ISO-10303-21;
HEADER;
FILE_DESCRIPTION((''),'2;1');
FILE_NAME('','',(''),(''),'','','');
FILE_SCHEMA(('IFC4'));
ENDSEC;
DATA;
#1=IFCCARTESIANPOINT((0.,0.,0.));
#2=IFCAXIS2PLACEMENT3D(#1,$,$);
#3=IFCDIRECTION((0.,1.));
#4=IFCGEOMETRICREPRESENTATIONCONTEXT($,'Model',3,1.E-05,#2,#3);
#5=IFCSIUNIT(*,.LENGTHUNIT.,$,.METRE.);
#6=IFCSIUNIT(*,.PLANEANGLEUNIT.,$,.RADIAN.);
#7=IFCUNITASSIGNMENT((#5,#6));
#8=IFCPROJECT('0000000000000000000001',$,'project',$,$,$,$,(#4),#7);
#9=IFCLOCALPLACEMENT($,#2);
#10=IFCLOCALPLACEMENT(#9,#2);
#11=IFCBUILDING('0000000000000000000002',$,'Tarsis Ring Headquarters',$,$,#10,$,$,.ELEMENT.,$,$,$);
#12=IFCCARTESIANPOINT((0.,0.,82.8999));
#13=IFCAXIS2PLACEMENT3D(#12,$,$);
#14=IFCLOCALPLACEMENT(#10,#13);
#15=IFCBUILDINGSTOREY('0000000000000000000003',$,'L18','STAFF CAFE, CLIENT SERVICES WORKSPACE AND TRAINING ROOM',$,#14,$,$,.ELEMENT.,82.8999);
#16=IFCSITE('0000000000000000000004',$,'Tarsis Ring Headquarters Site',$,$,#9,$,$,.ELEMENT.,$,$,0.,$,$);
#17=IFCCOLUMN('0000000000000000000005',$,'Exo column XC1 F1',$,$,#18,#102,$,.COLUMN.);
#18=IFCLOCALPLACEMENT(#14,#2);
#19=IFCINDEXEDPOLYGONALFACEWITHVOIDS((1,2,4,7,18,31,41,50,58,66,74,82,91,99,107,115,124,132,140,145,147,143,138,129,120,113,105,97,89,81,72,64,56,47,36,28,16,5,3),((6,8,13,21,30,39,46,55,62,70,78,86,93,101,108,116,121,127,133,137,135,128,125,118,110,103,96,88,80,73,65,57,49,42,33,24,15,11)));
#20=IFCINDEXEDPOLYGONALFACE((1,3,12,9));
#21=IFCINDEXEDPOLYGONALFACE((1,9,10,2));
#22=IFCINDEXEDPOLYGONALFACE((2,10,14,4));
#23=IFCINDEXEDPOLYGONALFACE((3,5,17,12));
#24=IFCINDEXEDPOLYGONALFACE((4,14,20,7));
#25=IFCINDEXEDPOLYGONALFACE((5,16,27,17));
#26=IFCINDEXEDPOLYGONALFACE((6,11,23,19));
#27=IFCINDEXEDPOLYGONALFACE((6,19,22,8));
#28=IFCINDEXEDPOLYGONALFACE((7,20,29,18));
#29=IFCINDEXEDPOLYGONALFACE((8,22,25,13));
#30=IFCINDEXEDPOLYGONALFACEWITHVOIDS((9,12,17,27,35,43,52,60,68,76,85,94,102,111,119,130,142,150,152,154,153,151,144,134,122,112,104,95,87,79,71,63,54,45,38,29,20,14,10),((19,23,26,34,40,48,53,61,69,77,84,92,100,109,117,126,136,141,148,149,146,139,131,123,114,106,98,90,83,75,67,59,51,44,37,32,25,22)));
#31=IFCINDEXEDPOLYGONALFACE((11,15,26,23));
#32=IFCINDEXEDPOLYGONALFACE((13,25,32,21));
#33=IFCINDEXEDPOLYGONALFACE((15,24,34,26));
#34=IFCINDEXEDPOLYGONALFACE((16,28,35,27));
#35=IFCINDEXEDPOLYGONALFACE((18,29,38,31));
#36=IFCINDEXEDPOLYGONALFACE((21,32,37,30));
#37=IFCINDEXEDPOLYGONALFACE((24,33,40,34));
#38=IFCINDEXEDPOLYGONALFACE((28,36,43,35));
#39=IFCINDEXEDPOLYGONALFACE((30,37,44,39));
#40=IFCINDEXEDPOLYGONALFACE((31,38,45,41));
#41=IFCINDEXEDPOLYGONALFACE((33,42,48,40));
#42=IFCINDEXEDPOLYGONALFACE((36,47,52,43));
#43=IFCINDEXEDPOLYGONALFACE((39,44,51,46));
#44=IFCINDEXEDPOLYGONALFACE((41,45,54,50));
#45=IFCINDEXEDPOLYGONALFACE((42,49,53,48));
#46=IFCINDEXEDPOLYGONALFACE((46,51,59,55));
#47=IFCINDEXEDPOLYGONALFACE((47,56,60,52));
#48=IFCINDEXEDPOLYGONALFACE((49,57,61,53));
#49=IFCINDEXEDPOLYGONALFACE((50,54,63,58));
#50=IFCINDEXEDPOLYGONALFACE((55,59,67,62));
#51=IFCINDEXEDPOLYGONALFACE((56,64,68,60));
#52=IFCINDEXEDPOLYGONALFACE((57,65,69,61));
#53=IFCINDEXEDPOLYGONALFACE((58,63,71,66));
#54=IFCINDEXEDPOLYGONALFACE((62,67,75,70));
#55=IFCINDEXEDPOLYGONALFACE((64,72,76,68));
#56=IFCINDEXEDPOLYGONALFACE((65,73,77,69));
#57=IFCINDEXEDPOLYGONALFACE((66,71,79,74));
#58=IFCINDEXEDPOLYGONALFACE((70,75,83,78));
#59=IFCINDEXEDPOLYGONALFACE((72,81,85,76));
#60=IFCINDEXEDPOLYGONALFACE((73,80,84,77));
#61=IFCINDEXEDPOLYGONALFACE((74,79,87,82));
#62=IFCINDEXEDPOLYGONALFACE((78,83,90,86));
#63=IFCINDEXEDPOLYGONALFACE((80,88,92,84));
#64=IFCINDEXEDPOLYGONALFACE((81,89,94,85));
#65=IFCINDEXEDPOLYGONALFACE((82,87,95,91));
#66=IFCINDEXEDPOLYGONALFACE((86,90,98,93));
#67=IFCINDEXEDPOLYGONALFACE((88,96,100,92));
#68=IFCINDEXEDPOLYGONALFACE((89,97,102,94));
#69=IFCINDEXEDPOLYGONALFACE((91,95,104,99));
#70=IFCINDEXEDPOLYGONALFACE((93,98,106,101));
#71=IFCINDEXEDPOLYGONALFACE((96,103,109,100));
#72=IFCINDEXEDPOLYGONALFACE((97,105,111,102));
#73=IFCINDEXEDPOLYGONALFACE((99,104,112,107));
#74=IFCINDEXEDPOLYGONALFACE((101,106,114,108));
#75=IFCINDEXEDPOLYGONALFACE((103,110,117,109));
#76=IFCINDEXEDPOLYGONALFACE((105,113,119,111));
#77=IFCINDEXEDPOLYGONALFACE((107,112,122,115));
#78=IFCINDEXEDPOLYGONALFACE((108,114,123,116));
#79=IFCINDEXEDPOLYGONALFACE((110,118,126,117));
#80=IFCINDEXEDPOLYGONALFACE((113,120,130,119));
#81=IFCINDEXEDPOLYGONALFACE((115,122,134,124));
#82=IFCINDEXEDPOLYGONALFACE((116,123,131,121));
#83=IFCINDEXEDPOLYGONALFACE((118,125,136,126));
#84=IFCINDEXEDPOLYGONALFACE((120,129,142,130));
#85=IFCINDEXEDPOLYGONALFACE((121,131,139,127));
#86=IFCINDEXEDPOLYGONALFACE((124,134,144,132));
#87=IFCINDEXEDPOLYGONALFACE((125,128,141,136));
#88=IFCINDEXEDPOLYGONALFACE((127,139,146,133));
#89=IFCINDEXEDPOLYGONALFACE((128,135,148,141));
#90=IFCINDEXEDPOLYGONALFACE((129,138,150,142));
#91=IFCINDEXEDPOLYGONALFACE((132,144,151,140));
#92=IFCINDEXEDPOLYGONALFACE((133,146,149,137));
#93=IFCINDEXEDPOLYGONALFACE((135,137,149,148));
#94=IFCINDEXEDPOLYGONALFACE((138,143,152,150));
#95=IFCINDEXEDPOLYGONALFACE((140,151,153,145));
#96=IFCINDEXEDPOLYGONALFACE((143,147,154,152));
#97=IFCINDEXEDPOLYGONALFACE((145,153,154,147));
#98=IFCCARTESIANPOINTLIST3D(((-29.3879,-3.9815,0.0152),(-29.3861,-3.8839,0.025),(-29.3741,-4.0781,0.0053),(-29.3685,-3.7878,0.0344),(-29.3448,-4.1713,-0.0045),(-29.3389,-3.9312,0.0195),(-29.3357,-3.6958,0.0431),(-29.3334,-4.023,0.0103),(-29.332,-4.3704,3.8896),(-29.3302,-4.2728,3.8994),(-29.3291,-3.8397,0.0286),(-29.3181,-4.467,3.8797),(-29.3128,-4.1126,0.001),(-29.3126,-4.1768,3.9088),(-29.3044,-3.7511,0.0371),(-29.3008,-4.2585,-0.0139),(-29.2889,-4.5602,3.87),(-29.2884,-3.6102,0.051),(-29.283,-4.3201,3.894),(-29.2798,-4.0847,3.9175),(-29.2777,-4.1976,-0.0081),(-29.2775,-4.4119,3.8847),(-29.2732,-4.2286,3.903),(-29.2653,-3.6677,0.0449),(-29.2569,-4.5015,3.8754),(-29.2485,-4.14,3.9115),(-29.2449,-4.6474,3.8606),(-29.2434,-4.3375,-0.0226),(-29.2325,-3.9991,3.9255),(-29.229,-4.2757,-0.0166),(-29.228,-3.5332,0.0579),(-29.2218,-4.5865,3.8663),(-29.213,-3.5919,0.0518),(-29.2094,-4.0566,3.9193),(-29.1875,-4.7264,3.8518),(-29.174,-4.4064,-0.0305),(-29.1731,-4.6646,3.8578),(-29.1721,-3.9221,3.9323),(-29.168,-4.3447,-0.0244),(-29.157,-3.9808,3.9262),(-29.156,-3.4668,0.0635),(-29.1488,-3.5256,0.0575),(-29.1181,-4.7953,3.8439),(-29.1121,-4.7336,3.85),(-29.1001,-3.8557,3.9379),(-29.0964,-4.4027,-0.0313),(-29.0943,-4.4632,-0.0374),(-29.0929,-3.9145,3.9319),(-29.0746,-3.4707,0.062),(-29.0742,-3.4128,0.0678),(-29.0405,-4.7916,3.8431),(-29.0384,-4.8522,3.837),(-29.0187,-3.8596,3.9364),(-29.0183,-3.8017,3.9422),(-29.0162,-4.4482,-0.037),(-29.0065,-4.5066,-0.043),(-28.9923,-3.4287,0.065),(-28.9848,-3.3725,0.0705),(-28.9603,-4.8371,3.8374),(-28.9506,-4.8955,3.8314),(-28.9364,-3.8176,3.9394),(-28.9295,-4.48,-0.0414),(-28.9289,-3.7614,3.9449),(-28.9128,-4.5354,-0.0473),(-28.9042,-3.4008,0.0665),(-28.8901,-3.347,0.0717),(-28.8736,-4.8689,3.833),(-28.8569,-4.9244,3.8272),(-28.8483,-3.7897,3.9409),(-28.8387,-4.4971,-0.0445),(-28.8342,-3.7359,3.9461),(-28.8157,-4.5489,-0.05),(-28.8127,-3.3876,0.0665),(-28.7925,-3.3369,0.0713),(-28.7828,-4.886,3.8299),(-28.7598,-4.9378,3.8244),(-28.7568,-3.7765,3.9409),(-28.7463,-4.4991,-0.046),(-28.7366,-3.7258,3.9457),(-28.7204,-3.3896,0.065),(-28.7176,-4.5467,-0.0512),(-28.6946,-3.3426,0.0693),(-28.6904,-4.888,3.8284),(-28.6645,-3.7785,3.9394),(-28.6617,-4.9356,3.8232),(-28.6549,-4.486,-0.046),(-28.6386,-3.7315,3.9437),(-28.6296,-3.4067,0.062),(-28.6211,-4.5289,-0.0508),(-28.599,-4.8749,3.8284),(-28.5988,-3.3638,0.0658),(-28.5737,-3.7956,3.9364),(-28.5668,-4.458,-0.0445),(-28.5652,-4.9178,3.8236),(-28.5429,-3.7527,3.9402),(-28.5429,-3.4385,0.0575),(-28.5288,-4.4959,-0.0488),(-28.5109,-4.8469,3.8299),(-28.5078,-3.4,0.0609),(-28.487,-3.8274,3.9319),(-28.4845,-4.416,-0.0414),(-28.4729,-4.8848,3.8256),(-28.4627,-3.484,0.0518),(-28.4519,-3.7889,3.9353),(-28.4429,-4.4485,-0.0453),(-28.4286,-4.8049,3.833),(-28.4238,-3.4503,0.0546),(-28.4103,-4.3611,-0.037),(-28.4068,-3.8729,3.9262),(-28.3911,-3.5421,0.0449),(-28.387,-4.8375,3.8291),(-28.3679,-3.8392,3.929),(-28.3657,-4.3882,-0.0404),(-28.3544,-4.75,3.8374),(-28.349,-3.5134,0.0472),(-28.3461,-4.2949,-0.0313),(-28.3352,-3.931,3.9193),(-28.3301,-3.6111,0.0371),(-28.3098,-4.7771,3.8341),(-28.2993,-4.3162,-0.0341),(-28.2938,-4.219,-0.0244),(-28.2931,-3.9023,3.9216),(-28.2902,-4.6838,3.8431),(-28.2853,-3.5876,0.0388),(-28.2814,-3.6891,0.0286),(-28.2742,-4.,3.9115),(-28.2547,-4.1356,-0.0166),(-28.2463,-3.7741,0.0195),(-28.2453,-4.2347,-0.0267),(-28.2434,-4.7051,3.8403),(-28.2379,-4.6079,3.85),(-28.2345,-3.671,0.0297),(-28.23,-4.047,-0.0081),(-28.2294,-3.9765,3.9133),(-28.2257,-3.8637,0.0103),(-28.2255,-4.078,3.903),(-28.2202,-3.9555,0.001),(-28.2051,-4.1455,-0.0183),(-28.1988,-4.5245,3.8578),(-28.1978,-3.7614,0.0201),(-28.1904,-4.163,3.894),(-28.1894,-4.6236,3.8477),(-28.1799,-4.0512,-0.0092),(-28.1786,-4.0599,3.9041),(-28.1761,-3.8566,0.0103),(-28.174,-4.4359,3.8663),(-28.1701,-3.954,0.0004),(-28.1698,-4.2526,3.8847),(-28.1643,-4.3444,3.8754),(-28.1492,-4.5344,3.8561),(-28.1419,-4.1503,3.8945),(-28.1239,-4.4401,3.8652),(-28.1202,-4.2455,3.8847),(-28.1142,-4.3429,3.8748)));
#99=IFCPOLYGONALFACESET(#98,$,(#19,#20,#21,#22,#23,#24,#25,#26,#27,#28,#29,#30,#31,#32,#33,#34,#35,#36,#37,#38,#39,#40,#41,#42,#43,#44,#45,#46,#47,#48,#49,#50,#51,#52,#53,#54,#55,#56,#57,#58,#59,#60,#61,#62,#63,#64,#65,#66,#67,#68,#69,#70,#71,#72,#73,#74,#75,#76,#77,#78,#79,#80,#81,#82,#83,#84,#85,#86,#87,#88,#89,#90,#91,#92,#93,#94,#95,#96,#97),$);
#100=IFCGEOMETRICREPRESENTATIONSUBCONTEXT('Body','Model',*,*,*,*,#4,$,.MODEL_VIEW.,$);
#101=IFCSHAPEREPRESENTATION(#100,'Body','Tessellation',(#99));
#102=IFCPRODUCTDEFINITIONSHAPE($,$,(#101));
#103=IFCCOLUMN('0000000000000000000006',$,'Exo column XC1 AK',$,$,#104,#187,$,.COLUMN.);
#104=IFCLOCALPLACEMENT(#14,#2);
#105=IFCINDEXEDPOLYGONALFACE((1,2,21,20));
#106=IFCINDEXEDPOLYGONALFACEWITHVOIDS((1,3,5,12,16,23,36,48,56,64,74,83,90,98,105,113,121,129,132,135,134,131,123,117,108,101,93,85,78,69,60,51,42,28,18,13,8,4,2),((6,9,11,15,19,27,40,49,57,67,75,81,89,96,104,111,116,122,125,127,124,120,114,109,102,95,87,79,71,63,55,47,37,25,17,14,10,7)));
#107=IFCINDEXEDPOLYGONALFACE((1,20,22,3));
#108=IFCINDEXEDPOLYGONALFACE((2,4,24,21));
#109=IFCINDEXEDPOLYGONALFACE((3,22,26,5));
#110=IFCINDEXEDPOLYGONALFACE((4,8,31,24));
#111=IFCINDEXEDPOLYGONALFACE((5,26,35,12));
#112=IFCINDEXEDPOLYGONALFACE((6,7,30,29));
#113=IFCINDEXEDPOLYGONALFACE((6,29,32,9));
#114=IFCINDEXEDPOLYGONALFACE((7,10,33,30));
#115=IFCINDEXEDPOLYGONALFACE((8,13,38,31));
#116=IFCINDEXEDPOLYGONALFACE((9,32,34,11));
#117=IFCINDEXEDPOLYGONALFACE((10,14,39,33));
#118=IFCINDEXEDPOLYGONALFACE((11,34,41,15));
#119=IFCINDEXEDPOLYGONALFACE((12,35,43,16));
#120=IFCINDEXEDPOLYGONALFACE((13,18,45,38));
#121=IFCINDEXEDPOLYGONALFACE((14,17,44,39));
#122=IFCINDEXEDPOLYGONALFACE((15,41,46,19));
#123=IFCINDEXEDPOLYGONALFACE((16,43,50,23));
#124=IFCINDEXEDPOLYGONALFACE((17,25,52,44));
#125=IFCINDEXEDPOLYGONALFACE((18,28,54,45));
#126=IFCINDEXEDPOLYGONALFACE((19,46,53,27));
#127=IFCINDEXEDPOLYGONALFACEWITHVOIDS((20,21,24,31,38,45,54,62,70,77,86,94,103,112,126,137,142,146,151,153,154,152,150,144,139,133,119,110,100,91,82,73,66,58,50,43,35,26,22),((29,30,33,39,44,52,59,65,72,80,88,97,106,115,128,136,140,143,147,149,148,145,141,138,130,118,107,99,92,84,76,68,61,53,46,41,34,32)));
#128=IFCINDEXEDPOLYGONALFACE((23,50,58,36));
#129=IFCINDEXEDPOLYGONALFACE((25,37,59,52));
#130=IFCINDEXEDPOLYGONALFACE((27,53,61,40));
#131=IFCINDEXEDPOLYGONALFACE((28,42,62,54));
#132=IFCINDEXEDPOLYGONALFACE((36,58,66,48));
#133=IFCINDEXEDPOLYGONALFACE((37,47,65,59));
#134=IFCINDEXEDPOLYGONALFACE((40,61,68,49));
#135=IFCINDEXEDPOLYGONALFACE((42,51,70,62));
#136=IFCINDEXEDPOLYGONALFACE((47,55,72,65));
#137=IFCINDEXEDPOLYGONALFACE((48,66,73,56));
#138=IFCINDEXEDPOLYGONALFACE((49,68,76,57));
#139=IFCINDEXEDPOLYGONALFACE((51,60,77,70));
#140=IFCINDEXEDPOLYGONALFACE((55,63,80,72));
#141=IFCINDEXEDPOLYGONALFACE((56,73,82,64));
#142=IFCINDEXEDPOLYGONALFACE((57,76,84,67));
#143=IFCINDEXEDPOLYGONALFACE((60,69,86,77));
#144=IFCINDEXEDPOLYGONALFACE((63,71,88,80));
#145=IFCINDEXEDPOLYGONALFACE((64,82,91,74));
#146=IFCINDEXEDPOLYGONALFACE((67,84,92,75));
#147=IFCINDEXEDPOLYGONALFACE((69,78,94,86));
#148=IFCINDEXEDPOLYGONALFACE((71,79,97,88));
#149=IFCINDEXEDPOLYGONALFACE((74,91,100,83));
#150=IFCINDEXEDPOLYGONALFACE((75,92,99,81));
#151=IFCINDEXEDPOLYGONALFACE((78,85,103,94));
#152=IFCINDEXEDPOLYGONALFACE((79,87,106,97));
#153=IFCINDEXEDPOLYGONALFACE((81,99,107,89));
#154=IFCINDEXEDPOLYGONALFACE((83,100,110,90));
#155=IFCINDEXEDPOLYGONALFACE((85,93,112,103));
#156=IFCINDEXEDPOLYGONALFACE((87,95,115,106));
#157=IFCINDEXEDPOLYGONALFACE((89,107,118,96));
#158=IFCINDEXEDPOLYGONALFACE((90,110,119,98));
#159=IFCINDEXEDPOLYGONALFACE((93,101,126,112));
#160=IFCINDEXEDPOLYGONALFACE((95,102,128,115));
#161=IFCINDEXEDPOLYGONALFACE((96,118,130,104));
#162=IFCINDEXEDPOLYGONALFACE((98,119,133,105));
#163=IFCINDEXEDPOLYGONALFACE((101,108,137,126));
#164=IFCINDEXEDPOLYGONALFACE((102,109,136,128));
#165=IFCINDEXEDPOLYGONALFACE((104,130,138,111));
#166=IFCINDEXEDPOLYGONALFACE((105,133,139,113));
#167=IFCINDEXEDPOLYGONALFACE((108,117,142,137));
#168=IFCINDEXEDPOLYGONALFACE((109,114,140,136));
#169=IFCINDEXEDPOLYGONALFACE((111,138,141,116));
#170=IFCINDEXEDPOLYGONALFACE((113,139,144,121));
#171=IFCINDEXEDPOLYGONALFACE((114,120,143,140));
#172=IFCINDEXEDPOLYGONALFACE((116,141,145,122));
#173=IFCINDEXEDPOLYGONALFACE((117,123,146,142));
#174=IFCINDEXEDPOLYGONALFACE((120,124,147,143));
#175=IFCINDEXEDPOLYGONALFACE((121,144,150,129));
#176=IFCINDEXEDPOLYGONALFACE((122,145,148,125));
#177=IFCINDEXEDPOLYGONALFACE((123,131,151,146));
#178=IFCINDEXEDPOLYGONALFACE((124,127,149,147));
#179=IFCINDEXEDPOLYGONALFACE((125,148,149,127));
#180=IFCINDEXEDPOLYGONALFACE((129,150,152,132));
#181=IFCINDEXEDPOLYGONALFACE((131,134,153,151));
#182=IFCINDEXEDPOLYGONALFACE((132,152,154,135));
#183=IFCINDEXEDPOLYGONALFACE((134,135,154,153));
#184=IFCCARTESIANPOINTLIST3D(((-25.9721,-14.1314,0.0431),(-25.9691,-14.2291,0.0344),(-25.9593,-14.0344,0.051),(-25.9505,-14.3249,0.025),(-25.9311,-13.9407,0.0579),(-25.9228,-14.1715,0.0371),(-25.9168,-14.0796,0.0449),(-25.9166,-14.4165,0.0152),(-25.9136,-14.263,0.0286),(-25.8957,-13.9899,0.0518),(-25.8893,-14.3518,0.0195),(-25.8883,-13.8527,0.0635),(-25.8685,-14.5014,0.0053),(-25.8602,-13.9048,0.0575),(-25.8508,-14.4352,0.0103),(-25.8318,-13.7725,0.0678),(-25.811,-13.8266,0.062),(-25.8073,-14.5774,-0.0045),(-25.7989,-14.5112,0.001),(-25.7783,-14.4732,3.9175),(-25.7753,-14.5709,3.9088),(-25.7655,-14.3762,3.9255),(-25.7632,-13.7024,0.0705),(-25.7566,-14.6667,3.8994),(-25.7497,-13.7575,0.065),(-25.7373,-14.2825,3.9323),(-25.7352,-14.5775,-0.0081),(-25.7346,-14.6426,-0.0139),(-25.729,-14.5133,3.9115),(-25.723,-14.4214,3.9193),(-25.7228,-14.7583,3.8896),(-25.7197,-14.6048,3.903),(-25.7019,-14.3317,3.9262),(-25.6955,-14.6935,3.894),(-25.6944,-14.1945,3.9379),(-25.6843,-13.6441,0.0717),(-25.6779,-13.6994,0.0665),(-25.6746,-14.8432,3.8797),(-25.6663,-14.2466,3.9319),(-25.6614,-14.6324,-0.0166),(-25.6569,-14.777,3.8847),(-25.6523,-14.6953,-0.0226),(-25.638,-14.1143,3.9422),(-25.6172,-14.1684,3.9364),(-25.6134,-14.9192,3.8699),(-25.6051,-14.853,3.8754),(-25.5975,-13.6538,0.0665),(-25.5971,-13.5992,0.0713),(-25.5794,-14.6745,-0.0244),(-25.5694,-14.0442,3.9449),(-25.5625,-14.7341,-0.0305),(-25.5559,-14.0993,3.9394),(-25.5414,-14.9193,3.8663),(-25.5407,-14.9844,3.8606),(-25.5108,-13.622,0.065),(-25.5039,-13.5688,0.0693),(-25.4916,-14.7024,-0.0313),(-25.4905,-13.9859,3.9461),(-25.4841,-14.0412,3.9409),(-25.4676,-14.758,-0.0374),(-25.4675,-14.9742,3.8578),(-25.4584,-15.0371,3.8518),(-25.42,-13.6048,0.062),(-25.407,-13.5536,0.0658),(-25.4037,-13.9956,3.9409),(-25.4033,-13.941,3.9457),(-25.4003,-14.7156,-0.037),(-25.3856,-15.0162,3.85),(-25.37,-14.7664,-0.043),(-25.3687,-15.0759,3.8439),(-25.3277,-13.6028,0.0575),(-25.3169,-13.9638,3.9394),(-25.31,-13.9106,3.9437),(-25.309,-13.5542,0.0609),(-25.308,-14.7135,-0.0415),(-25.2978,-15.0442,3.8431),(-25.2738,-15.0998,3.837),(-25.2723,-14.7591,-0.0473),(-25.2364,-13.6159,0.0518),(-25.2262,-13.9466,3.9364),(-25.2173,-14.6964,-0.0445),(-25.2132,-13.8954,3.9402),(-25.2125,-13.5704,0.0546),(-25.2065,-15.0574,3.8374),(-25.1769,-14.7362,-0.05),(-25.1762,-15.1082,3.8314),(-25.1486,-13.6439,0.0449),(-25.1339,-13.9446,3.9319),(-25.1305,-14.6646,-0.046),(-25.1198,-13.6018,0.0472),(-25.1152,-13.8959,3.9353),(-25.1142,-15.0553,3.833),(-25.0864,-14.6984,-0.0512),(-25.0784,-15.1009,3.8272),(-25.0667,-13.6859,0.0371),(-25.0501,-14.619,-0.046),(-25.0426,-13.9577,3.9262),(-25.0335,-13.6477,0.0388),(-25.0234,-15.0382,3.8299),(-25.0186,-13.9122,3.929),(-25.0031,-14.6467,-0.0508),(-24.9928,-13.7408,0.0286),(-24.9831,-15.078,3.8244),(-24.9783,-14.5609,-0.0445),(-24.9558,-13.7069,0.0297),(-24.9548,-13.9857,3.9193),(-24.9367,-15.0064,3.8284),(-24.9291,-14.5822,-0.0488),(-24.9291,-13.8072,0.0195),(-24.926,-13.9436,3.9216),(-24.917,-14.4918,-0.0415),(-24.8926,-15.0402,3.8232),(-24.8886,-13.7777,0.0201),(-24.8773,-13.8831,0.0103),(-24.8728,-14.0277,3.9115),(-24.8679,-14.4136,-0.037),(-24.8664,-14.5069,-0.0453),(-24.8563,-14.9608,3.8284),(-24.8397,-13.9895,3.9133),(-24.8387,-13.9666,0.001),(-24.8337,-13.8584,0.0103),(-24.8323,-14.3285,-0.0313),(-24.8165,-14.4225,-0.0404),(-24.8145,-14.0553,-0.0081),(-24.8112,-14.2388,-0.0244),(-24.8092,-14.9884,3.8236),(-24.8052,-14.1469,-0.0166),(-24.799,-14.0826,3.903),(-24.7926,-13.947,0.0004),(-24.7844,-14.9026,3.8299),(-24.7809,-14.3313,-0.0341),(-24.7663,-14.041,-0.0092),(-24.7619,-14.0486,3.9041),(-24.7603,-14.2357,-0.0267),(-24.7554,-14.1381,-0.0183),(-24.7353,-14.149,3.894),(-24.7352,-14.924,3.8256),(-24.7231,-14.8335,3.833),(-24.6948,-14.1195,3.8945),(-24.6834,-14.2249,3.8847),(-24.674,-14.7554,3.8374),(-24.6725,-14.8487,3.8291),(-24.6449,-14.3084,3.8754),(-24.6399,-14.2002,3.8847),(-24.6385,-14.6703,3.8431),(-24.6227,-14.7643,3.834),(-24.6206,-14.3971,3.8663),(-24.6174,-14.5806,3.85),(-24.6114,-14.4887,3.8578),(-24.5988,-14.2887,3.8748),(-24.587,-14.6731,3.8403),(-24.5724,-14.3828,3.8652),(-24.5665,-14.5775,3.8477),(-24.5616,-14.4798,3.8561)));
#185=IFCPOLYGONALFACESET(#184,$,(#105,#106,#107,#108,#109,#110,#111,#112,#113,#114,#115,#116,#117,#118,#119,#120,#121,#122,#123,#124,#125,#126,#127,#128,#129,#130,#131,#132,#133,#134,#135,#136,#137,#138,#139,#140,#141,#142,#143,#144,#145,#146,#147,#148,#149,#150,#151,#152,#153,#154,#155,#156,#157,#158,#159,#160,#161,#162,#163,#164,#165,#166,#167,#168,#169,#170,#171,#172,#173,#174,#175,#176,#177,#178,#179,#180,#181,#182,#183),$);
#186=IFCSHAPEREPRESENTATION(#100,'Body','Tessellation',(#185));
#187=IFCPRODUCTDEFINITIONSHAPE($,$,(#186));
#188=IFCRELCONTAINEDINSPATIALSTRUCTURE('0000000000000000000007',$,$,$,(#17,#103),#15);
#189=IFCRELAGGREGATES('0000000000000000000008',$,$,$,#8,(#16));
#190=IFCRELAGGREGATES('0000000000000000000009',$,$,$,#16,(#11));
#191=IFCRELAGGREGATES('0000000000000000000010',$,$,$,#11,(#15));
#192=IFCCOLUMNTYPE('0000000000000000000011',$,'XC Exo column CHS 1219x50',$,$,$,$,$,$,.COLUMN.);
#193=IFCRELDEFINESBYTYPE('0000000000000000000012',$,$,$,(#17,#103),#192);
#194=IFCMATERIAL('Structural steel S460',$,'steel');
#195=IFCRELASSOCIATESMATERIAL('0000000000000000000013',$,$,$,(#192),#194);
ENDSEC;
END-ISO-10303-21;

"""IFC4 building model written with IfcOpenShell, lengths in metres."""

from ifc_helpers import new_model, si_unit, direction, frame, origin, origin_2d, place, context, subcontext, project, spatial, hollow_circle, extrude, material, material_profile, profile_set, type_object, element, save


model = new_model("IFC4")

# Units and contexts
model_context = context("Model", 3, precision=1e-05, world=origin(), true_north=direction((0.0, 1.0)))
body_context = subcontext(model_context, "Body", "Model", "MODEL_VIEW")
ifc_project = project(units=[si_unit("LENGTHUNIT", "METRE"), si_unit("PLANEANGLEUNIT", "RADIAN")], contexts=[model_context])

# Site, building, storey
site_placement = place(None, origin())
site = spatial("IfcSite", under=ifc_project, at=site_placement, Name="Tarsis Ring Headquarters Site", CompositionType="ELEMENT", RefElevation=0.0)
building_placement = place(site_placement, origin())
building = spatial("IfcBuilding", under=site, at=building_placement, Name="Tarsis Ring Headquarters", CompositionType="ELEMENT")
storey_placement = place(building_placement, frame((0.0, 0.0, 82.8999)))
storey = spatial("IfcBuildingStorey", under=building, at=storey_placement, Name="L18", Description="STAFF CAFE, CLIENT SERVICES WORKSPACE AND TRAINING ROOM", CompositionType="ELEMENT", Elevation=82.8999)

# Columns
ifc_material_1 = material(Name="Structural steel S460", Category="steel")
ifc_material_profile_1 = material_profile(ifc_material_1, hollow_circle(Radius=0.6096, WallThickness=0.05, at=origin_2d()), Name="CHS 1219x50")
ifc_profile_set_1 = profile_set([ifc_material_profile_1], Name="Structural steel S460")
column_type = type_object("IfcColumnType", Name="XC Exo column CHS 1219x50", PredefinedType="COLUMN", material=ifc_profile_set_1)
for number, where, z_axis, x_axis, name in (
    (1, (-28.7795, -3.9434, 0.0103), (0.014356, -0.099866, 0.994897), (0.989825, 0.142291, 0.0), "Exo column XC1 F1"),
    (2, (-25.364, -14.1592, 0.0103), (0.049776, -0.087767, 0.994897), (0.869844, 0.493326, 0.0), "Exo column XC1 AK"),
):
    element("IfcColumn", number, at=place(storey_placement, frame(where, z_axis=z_axis, x_axis=x_axis)), inside=storey, type_object=column_type, Name=name, PredefinedType="COLUMN", context=body_context, shape_type="SweptSolid", body=[
        extrude(hollow_circle(Radius=0.6096, WallThickness=0.05, at=origin_2d()), origin(), (0.0, 0.0, 1.0), 3.8943),
    ])

save(model, "model.ifc")
